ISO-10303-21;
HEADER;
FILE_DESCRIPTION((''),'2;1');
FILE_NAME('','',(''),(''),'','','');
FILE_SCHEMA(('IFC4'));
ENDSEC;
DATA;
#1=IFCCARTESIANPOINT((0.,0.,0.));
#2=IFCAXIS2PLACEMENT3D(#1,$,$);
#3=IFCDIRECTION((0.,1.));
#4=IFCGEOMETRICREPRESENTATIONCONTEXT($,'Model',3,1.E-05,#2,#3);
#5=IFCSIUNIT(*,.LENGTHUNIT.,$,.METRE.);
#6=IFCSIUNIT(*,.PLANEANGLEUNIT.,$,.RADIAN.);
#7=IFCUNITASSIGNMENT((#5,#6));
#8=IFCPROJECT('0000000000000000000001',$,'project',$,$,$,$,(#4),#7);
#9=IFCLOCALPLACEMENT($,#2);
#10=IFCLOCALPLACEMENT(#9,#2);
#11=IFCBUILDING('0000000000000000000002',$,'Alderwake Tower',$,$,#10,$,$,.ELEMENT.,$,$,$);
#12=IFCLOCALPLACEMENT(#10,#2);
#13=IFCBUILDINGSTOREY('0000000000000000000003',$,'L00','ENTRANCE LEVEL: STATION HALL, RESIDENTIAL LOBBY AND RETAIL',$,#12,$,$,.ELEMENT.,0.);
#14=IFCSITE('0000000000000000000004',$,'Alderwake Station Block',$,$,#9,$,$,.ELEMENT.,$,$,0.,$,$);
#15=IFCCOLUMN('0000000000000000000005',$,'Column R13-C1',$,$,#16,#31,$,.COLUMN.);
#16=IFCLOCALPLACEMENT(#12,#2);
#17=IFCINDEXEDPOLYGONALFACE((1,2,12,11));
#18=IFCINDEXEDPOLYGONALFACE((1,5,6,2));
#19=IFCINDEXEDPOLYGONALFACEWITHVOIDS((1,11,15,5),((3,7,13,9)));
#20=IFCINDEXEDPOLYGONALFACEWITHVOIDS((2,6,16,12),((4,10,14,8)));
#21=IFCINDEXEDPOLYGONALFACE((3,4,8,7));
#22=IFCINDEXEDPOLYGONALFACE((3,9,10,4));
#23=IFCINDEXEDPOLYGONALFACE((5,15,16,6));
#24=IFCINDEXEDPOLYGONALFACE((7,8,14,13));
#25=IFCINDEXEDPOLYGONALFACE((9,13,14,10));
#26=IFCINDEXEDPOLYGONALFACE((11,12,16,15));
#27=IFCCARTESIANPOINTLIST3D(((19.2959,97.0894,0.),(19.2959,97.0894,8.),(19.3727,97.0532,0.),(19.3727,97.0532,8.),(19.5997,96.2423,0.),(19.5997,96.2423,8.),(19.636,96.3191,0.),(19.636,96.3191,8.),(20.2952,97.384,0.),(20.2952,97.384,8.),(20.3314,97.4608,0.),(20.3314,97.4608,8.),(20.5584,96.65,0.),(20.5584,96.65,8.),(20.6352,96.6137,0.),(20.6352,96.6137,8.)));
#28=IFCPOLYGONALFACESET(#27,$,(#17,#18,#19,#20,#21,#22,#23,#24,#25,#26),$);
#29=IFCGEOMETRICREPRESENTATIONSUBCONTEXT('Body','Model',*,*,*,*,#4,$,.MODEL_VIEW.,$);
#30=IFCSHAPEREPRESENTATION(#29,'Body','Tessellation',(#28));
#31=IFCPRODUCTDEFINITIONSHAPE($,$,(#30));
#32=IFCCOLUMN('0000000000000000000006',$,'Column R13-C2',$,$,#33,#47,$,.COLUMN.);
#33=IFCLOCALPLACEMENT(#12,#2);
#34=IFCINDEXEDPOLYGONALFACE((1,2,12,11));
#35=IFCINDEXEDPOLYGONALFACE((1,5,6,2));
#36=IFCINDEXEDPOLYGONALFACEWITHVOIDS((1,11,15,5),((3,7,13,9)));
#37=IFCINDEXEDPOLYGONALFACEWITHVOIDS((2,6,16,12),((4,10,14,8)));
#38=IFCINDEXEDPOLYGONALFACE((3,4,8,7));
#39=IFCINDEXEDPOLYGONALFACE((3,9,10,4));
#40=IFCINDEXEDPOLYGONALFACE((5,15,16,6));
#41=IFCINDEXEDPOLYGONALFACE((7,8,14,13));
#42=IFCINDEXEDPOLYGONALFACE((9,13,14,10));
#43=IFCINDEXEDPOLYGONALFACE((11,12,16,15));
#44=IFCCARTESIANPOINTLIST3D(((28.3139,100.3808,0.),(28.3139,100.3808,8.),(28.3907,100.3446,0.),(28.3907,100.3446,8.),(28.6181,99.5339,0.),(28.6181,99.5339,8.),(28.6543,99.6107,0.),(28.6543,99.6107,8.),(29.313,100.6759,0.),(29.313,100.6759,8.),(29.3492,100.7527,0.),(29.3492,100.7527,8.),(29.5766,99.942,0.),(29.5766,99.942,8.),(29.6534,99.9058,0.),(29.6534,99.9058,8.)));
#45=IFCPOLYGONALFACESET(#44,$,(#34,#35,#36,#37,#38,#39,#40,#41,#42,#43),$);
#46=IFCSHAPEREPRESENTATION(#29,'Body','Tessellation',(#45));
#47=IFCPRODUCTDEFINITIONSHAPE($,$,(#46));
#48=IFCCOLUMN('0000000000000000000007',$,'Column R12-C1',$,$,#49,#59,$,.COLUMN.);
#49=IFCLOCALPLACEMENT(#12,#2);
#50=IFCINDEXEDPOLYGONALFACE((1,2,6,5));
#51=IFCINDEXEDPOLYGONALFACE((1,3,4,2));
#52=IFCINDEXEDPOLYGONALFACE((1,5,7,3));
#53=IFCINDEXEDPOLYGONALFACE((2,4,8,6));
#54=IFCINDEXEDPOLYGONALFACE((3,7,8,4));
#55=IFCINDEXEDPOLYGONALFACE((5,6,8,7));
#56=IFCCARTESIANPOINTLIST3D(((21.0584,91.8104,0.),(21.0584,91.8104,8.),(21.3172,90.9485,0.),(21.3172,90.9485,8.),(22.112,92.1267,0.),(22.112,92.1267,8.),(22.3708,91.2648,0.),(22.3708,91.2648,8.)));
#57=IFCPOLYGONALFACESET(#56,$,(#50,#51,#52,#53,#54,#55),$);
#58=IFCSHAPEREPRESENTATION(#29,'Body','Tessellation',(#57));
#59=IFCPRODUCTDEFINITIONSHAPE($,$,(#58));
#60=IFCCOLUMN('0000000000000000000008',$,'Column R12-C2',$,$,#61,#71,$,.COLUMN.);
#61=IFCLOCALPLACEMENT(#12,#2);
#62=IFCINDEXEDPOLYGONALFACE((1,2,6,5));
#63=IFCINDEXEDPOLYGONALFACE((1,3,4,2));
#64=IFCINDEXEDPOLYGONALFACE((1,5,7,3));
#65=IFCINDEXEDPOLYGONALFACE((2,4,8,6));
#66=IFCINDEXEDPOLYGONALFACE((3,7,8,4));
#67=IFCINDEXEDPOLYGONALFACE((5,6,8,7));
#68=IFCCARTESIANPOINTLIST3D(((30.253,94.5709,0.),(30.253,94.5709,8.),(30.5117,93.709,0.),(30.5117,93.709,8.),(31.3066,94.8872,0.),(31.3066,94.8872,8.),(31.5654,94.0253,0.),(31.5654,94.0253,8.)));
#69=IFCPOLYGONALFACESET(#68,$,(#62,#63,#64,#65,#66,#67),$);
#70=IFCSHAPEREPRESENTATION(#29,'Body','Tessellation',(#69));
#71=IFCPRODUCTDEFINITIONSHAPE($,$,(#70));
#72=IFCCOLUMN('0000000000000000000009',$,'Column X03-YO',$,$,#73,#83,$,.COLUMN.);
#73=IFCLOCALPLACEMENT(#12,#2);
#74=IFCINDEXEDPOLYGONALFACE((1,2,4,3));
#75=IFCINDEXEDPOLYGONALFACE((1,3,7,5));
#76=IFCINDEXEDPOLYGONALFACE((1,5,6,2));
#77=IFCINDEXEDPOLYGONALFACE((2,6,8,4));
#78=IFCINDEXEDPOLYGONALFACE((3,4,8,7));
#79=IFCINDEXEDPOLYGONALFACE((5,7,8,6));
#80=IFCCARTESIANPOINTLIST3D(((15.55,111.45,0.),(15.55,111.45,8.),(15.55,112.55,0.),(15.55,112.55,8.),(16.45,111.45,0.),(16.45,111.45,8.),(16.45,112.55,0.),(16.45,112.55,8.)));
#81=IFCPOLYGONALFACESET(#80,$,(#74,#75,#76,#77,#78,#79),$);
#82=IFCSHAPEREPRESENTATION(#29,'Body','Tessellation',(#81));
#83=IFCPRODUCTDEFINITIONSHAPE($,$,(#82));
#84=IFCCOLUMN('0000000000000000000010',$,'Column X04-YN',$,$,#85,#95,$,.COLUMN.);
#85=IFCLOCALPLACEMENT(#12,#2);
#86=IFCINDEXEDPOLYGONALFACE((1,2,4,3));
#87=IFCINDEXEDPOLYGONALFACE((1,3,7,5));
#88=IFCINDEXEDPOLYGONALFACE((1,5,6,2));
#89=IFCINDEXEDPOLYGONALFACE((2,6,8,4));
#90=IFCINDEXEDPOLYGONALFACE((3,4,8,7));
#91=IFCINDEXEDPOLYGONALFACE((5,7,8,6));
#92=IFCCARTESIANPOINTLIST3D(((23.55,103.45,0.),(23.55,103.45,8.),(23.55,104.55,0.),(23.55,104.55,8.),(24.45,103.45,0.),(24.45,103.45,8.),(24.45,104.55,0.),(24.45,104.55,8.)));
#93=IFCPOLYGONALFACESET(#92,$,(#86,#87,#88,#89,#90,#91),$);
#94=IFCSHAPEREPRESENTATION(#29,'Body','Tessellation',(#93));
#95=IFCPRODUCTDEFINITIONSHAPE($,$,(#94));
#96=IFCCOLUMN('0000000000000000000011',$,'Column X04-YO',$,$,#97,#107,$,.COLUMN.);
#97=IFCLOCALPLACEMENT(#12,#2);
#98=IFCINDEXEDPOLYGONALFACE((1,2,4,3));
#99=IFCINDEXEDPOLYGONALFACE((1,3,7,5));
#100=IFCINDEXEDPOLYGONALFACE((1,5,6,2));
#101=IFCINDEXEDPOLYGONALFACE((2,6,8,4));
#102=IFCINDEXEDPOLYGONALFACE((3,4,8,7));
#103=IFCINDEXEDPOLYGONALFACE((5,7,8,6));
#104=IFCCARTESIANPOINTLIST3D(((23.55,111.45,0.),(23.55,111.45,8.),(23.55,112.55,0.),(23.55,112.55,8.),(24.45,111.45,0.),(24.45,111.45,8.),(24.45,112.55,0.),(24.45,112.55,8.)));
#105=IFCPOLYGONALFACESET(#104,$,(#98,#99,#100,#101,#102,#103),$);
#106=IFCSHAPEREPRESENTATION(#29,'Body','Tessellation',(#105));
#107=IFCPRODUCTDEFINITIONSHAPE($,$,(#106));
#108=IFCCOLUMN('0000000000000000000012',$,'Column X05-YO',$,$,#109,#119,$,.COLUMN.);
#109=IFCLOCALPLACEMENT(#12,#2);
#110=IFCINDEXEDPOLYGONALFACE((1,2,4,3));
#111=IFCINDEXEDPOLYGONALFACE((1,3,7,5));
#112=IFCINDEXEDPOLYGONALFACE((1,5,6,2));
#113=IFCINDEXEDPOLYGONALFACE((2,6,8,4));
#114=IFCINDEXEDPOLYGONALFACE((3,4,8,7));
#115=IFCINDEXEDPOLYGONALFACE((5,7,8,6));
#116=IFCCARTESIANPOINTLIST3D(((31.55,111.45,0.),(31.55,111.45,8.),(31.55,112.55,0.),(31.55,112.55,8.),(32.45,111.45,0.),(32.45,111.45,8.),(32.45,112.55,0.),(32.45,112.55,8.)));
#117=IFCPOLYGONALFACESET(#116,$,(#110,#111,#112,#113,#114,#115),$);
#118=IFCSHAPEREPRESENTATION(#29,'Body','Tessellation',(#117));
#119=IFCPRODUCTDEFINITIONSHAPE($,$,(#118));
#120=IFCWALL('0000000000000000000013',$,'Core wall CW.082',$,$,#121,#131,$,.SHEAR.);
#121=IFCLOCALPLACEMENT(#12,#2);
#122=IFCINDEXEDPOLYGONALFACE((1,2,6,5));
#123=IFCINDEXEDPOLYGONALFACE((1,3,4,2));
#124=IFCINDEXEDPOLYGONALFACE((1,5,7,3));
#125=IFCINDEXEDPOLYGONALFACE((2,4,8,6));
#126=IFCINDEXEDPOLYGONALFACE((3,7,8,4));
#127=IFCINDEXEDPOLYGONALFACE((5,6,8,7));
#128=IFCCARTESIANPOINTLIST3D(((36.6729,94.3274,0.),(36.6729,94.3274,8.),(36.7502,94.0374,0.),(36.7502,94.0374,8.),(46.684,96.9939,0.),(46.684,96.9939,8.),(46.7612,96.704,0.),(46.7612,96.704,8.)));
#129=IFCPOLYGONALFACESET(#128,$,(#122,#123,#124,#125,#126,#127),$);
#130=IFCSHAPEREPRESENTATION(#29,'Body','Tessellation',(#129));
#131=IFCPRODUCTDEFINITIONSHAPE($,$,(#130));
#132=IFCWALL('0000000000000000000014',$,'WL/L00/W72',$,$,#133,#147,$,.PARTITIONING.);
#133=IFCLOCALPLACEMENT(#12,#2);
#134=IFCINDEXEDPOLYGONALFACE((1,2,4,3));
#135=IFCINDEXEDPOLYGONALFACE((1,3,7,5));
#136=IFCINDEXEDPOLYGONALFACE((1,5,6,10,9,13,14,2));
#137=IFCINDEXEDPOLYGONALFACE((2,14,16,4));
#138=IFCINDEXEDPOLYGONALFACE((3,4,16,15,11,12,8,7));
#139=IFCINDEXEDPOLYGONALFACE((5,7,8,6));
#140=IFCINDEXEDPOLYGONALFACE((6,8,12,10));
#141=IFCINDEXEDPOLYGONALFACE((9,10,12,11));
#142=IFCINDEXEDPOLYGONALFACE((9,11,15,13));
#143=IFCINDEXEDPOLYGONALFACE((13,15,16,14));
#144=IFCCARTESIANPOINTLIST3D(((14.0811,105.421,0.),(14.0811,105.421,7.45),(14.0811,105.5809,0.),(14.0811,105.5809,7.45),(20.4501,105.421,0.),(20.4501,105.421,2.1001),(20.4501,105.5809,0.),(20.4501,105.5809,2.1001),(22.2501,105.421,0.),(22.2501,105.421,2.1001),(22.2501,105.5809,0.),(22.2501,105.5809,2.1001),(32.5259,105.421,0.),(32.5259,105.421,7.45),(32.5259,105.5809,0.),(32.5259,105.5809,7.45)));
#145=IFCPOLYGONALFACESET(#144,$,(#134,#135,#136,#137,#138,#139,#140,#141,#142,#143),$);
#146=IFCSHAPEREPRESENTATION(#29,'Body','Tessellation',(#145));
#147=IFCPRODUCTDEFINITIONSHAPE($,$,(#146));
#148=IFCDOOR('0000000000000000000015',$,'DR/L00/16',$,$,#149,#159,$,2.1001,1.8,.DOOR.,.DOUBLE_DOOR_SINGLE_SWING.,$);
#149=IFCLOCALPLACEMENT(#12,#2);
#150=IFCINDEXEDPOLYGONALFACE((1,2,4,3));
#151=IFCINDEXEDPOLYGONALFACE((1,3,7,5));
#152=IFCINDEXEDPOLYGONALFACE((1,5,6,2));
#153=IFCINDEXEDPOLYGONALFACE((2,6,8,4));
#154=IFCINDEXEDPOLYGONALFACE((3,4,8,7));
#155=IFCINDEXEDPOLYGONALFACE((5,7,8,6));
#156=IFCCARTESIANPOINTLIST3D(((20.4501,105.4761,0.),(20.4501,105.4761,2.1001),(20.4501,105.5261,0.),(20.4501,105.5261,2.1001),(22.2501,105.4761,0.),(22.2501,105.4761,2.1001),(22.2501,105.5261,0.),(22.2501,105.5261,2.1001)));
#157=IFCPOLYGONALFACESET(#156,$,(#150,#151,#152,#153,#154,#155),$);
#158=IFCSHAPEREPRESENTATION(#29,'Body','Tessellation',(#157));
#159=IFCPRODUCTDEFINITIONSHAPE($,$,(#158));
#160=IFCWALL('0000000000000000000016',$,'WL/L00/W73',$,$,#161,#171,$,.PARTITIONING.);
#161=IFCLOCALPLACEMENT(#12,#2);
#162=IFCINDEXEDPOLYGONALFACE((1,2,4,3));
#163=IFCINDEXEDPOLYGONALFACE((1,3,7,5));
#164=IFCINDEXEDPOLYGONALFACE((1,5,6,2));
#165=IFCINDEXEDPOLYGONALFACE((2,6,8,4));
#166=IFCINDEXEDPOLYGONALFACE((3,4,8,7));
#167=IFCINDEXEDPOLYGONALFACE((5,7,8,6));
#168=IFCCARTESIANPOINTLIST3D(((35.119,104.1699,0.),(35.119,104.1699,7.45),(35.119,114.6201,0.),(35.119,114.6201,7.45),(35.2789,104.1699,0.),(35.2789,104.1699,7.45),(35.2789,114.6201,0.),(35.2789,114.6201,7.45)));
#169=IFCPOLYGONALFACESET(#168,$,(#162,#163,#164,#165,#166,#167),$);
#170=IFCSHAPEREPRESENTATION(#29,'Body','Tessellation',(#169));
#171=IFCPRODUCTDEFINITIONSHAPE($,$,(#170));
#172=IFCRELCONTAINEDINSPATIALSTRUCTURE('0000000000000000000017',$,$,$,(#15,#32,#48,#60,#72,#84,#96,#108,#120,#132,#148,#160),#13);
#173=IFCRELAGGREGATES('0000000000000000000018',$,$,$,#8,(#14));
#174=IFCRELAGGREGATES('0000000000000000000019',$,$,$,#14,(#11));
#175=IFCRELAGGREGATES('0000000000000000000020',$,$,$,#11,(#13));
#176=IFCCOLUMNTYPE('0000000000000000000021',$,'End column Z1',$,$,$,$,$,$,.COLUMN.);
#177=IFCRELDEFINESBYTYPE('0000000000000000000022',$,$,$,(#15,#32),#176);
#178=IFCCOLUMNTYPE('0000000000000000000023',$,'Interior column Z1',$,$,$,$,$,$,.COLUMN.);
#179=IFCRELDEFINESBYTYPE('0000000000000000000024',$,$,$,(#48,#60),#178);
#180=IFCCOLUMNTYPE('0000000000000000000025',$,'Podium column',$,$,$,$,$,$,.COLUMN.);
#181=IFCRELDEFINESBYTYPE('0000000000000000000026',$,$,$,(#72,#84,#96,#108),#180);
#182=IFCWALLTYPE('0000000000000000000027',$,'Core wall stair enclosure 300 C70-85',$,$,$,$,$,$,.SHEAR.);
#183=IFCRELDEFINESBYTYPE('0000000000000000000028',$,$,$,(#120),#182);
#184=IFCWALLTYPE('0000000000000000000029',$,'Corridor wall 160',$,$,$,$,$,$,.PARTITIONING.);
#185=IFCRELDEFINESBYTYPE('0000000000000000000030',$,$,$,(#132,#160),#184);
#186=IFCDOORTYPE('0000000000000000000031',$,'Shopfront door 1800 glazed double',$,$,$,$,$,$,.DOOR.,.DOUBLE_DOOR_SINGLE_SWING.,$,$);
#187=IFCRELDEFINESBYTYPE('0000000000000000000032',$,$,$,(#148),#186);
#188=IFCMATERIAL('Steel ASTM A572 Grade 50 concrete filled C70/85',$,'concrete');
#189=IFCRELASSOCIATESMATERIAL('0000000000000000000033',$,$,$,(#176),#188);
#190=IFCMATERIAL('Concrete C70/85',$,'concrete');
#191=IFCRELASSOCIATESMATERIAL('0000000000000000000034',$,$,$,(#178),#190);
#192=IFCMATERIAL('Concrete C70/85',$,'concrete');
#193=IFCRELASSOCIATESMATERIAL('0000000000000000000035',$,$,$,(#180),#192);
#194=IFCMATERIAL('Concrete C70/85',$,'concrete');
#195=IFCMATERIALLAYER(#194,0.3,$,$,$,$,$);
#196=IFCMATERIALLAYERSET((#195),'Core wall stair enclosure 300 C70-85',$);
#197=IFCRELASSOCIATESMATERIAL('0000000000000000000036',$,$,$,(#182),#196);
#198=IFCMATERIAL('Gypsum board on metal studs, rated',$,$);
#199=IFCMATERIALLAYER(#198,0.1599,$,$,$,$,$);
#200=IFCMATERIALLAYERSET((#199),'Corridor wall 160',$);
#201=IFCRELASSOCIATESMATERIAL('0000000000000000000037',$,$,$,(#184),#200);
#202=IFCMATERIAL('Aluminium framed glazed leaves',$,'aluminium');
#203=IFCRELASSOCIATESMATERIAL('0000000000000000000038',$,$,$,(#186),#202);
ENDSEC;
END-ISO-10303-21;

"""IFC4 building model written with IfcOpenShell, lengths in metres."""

from ifc_helpers import new_model, si_unit, direction, frame, frame_2d, origin, origin_2d, place, context, subcontext, project, spatial, rectangle, hollow_rectangle, extrude, material, layer, layer_set, material_profile, profile_set, type_object, element, fill, save


model = new_model("IFC4")

# Units and contexts
model_context = context("Model", 3, precision=1e-05, world=origin(), true_north=direction((0.0, 1.0)))
body_context = subcontext(model_context, "Body", "Model", "MODEL_VIEW")
ifc_project = project(units=[si_unit("LENGTHUNIT", "METRE"), si_unit("PLANEANGLEUNIT", "RADIAN")], contexts=[model_context])

# Site, building, storey
site_placement = place(None, origin())
site = spatial("IfcSite", under=ifc_project, at=site_placement, Name="Alderwake Station Block", CompositionType="ELEMENT", RefElevation=0.0)
building_placement = place(site_placement, origin())
building = spatial("IfcBuilding", under=site, at=building_placement, Name="Alderwake Tower", CompositionType="ELEMENT")
storey_placement = place(building_placement, origin())
storey = spatial("IfcBuildingStorey", under=building, at=storey_placement, Name="L00", Description="ENTRANCE LEVEL: STATION HALL, RESIDENTIAL LOBBY AND RETAIL", CompositionType="ELEMENT", Elevation=0.0)

# Columns
ifc_material_1 = material(Name="Steel ASTM A572 Grade 50 concrete filled C70/85", Category="concrete")
ifc_material_profile_1 = material_profile(ifc_material_1, hollow_rectangle(XDim=0.8999, YDim=1.1001, WallThickness=0.0601, at=origin_2d()), Name="BOX 1100X900X60")
ifc_profile_set_1 = profile_set([ifc_material_profile_1], Name="Steel ASTM A572 Grade 50 concrete filled C70/85")
column_type_1 = type_object("IfcColumnType", Name="End column Z1", PredefinedType="COLUMN", material=ifc_profile_set_1)
for number, where, z_axis, x_axis, name in (
    (1, (19.9656, 96.8516, 0.0), (0.0, 0.0, 1.0), (-0.337585, 0.941295, 0.0), "Column R13-C1"),
    (2, (28.9836, 100.1433, 0.0), (0.0, 0.0, 1.0), (-0.338027, 0.941136, 0.0), "Column R13-C2"),
):
    element("IfcColumn", number, at=place(storey_placement, frame(where, z_axis=z_axis, x_axis=x_axis)), inside=storey, type_object=column_type_1, Name=name, PredefinedType="COLUMN", context=body_context, shape_type="SweptSolid", body=[
        extrude(hollow_rectangle(XDim=0.8999, YDim=1.1001, WallThickness=0.0601, at=origin_2d()), origin(), (0.0, 0.0, 1.0), 8.0),
    ])
ifc_material_2 = material(Name="Concrete C70/85", Category="concrete")
ifc_material_profile_2 = material_profile(ifc_material_2, rectangle(XDim=0.8999, YDim=1.1001, at=origin_2d()), Name="RC 1100X900")
ifc_profile_set_2 = profile_set([ifc_material_profile_2], Name="Concrete C70/85")
column_type_2 = type_object("IfcColumnType", Name="Interior column Z1", PredefinedType="COLUMN", material=ifc_profile_set_2)
for number, where, z_axis, x_axis, name in (
    (3, (21.7146, 91.5376, 0.0), (0.0, 0.0, 1.0), (-0.287549, 0.957766, 0.0), "Column R12-C1"),
    (4, (30.9092, 94.2981, 0.0), (0.0, 0.0, 1.0), (-0.287549, 0.957766, 0.0), "Column R12-C2"),
):
    element("IfcColumn", number, at=place(storey_placement, frame(where, z_axis=z_axis, x_axis=x_axis)), inside=storey, type_object=column_type_2, Name=name, PredefinedType="COLUMN", context=body_context, shape_type="SweptSolid", body=[
        extrude(rectangle(XDim=0.8999, YDim=1.1001, at=origin_2d()), origin(), (0.0, 0.0, 1.0), 8.0),
    ])
ifc_material_3 = material(Name="Concrete C70/85", Category="concrete")
ifc_material_profile_3 = material_profile(ifc_material_3, rectangle(XDim=0.8999, YDim=1.1001, at=origin_2d()), Name="RC 1100X900")
ifc_profile_set_3 = profile_set([ifc_material_profile_3], Name="Concrete C70/85")
column_type_3 = type_object("IfcColumnType", Name="Podium column", PredefinedType="COLUMN", material=ifc_profile_set_3)
for number, where, z_axis, x_axis, name in (
    (5, (16.0, 112.0, 0.0), (0.0, 0.0, 1.0), (1.0, 0.0, 0.0), "Column X03-YO"),
    (6, (24.0, 104.0, 0.0), (0.0, 0.0, 1.0), (1.0, 0.0, 0.0), "Column X04-YN"),
    (7, (24.0, 112.0, 0.0), (0.0, 0.0, 1.0), (1.0, 0.0, 0.0), "Column X04-YO"),
    (8, (32.0, 112.0, 0.0), (0.0, 0.0, 1.0), (1.0, 0.0, 0.0), "Column X05-YO"),
):
    element("IfcColumn", number, at=place(storey_placement, frame(where, z_axis=z_axis, x_axis=x_axis)), inside=storey, type_object=column_type_3, Name=name, PredefinedType="COLUMN", context=body_context, shape_type="SweptSolid", body=[
        extrude(rectangle(XDim=0.8999, YDim=1.1001, at=origin_2d()), origin(), (0.0, 0.0, 1.0), 8.0),
    ])

# Wall
ifc_material_4 = material(Name="Concrete C70/85", Category="concrete")
ifc_layer_1 = layer(ifc_material_4, 0.3)
ifc_layer_set_1 = layer_set([ifc_layer_1], Name="Core wall stair enclosure 300 C70-85")
wall_type_1 = type_object("IfcWallType", Name="Core wall stair enclosure 300 C70-85", PredefinedType="SHEAR", material=ifc_layer_set_1)
wall_1_placement = place(storey_placement, frame((36.7114, 94.1824, 0.0), z_axis=(0.0, 0.0, 1.0), x_axis=(0.966309, 0.257384, 0.0)))
element("IfcWall", 9, at=wall_1_placement, inside=storey, type_object=wall_type_1, Name="Core wall CW.082", PredefinedType="SHEAR", context=body_context, shape_type="SweptSolid", body=[
    extrude(rectangle(XDim=10.3601, YDim=0.3, at=frame_2d((5.1802, 0.0))), origin(), (0.0, 0.0, 1.0), 8.0),
])

# Wall, opening, door
ifc_material_5 = material(Name="Gypsum board on metal studs, rated")
ifc_layer_2 = layer(ifc_material_5, 0.1599)
ifc_layer_set_2 = layer_set([ifc_layer_2], Name="Corridor wall 160")
wall_type_2 = type_object("IfcWallType", Name="Corridor wall 160", PredefinedType="PARTITIONING", material=ifc_layer_set_2)
wall_2_placement = place(storey_placement, frame((32.5259, 105.501, 0.0), z_axis=(0.0, 0.0, 1.0), x_axis=(-1.0, 0.0, 0.0)))
wall_2 = element("IfcWall", 10, at=wall_2_placement, inside=storey, type_object=wall_type_2, Name="WL/L00/W72", PredefinedType="PARTITIONING", context=body_context, shape_type="SweptSolid", body=[
    extrude(rectangle(XDim=18.4448, YDim=0.1599, at=frame_2d((9.2224, 0.0))), origin(), (0.0, 0.0, 1.0), 7.45),
])
opening_1_placement = place(wall_2_placement, frame((10.2759, 0.0, 0.0)))
opening_1 = element("IfcOpeningElement", 11, at=opening_1_placement, cuts=wall_2, PredefinedType="OPENING", context=body_context, shape_type="SweptSolid", body=[
    extrude(rectangle(XDim=1.8, YDim=2.1001, at=frame_2d((0.8999, 1.05))), frame((0.0, 0.0898, 0.0), z_axis=(0.0, -1.0, 0.0), x_axis=(1.0, 0.0, 0.0)), (0.0, 0.0, 1.0), 0.1799),
])
ifc_material_6 = material(Name="Aluminium framed glazed leaves", Category="aluminium")
door_type_1 = type_object("IfcDoorType", Name="Shopfront door 1800 glazed double", OperationType="DOUBLE_DOOR_SINGLE_SWING", PredefinedType="DOOR", material=ifc_material_6)
door_1_placement = place(opening_1_placement, origin())
door_1 = element("IfcDoor", 12, at=door_1_placement, inside=storey, type_object=door_type_1, Name="DR/L00/16", OperationType="DOUBLE_DOOR_SINGLE_SWING", OverallHeight=2.1001, OverallWidth=1.8, PredefinedType="DOOR", context=body_context, shape_type="SweptSolid", body=[
    extrude(rectangle(XDim=1.8, YDim=2.1001, at=frame_2d((0.8999, 1.05))), frame((0.0, 0.0249, 0.0), z_axis=(0.0, -1.0, 0.0), x_axis=(1.0, 0.0, 0.0)), (0.0, 0.0, 1.0), 0.05),
])
fill(opening_1, door_1)

# Wall
wall_3_placement = place(storey_placement, frame((35.199, 104.1699, 0.0), z_axis=(0.0, 0.0, 1.0), x_axis=(0.0, 1.0, 0.0)))
element("IfcWall", 13, at=wall_3_placement, inside=storey, type_object=wall_type_2, Name="WL/L00/W73", PredefinedType="PARTITIONING", context=body_context, shape_type="SweptSolid", body=[
    extrude(rectangle(XDim=10.4502, YDim=0.1599, at=frame_2d((5.2251, 0.0))), origin(), (0.0, 0.0, 1.0), 7.45),
])

save(model, "model.ifc")
